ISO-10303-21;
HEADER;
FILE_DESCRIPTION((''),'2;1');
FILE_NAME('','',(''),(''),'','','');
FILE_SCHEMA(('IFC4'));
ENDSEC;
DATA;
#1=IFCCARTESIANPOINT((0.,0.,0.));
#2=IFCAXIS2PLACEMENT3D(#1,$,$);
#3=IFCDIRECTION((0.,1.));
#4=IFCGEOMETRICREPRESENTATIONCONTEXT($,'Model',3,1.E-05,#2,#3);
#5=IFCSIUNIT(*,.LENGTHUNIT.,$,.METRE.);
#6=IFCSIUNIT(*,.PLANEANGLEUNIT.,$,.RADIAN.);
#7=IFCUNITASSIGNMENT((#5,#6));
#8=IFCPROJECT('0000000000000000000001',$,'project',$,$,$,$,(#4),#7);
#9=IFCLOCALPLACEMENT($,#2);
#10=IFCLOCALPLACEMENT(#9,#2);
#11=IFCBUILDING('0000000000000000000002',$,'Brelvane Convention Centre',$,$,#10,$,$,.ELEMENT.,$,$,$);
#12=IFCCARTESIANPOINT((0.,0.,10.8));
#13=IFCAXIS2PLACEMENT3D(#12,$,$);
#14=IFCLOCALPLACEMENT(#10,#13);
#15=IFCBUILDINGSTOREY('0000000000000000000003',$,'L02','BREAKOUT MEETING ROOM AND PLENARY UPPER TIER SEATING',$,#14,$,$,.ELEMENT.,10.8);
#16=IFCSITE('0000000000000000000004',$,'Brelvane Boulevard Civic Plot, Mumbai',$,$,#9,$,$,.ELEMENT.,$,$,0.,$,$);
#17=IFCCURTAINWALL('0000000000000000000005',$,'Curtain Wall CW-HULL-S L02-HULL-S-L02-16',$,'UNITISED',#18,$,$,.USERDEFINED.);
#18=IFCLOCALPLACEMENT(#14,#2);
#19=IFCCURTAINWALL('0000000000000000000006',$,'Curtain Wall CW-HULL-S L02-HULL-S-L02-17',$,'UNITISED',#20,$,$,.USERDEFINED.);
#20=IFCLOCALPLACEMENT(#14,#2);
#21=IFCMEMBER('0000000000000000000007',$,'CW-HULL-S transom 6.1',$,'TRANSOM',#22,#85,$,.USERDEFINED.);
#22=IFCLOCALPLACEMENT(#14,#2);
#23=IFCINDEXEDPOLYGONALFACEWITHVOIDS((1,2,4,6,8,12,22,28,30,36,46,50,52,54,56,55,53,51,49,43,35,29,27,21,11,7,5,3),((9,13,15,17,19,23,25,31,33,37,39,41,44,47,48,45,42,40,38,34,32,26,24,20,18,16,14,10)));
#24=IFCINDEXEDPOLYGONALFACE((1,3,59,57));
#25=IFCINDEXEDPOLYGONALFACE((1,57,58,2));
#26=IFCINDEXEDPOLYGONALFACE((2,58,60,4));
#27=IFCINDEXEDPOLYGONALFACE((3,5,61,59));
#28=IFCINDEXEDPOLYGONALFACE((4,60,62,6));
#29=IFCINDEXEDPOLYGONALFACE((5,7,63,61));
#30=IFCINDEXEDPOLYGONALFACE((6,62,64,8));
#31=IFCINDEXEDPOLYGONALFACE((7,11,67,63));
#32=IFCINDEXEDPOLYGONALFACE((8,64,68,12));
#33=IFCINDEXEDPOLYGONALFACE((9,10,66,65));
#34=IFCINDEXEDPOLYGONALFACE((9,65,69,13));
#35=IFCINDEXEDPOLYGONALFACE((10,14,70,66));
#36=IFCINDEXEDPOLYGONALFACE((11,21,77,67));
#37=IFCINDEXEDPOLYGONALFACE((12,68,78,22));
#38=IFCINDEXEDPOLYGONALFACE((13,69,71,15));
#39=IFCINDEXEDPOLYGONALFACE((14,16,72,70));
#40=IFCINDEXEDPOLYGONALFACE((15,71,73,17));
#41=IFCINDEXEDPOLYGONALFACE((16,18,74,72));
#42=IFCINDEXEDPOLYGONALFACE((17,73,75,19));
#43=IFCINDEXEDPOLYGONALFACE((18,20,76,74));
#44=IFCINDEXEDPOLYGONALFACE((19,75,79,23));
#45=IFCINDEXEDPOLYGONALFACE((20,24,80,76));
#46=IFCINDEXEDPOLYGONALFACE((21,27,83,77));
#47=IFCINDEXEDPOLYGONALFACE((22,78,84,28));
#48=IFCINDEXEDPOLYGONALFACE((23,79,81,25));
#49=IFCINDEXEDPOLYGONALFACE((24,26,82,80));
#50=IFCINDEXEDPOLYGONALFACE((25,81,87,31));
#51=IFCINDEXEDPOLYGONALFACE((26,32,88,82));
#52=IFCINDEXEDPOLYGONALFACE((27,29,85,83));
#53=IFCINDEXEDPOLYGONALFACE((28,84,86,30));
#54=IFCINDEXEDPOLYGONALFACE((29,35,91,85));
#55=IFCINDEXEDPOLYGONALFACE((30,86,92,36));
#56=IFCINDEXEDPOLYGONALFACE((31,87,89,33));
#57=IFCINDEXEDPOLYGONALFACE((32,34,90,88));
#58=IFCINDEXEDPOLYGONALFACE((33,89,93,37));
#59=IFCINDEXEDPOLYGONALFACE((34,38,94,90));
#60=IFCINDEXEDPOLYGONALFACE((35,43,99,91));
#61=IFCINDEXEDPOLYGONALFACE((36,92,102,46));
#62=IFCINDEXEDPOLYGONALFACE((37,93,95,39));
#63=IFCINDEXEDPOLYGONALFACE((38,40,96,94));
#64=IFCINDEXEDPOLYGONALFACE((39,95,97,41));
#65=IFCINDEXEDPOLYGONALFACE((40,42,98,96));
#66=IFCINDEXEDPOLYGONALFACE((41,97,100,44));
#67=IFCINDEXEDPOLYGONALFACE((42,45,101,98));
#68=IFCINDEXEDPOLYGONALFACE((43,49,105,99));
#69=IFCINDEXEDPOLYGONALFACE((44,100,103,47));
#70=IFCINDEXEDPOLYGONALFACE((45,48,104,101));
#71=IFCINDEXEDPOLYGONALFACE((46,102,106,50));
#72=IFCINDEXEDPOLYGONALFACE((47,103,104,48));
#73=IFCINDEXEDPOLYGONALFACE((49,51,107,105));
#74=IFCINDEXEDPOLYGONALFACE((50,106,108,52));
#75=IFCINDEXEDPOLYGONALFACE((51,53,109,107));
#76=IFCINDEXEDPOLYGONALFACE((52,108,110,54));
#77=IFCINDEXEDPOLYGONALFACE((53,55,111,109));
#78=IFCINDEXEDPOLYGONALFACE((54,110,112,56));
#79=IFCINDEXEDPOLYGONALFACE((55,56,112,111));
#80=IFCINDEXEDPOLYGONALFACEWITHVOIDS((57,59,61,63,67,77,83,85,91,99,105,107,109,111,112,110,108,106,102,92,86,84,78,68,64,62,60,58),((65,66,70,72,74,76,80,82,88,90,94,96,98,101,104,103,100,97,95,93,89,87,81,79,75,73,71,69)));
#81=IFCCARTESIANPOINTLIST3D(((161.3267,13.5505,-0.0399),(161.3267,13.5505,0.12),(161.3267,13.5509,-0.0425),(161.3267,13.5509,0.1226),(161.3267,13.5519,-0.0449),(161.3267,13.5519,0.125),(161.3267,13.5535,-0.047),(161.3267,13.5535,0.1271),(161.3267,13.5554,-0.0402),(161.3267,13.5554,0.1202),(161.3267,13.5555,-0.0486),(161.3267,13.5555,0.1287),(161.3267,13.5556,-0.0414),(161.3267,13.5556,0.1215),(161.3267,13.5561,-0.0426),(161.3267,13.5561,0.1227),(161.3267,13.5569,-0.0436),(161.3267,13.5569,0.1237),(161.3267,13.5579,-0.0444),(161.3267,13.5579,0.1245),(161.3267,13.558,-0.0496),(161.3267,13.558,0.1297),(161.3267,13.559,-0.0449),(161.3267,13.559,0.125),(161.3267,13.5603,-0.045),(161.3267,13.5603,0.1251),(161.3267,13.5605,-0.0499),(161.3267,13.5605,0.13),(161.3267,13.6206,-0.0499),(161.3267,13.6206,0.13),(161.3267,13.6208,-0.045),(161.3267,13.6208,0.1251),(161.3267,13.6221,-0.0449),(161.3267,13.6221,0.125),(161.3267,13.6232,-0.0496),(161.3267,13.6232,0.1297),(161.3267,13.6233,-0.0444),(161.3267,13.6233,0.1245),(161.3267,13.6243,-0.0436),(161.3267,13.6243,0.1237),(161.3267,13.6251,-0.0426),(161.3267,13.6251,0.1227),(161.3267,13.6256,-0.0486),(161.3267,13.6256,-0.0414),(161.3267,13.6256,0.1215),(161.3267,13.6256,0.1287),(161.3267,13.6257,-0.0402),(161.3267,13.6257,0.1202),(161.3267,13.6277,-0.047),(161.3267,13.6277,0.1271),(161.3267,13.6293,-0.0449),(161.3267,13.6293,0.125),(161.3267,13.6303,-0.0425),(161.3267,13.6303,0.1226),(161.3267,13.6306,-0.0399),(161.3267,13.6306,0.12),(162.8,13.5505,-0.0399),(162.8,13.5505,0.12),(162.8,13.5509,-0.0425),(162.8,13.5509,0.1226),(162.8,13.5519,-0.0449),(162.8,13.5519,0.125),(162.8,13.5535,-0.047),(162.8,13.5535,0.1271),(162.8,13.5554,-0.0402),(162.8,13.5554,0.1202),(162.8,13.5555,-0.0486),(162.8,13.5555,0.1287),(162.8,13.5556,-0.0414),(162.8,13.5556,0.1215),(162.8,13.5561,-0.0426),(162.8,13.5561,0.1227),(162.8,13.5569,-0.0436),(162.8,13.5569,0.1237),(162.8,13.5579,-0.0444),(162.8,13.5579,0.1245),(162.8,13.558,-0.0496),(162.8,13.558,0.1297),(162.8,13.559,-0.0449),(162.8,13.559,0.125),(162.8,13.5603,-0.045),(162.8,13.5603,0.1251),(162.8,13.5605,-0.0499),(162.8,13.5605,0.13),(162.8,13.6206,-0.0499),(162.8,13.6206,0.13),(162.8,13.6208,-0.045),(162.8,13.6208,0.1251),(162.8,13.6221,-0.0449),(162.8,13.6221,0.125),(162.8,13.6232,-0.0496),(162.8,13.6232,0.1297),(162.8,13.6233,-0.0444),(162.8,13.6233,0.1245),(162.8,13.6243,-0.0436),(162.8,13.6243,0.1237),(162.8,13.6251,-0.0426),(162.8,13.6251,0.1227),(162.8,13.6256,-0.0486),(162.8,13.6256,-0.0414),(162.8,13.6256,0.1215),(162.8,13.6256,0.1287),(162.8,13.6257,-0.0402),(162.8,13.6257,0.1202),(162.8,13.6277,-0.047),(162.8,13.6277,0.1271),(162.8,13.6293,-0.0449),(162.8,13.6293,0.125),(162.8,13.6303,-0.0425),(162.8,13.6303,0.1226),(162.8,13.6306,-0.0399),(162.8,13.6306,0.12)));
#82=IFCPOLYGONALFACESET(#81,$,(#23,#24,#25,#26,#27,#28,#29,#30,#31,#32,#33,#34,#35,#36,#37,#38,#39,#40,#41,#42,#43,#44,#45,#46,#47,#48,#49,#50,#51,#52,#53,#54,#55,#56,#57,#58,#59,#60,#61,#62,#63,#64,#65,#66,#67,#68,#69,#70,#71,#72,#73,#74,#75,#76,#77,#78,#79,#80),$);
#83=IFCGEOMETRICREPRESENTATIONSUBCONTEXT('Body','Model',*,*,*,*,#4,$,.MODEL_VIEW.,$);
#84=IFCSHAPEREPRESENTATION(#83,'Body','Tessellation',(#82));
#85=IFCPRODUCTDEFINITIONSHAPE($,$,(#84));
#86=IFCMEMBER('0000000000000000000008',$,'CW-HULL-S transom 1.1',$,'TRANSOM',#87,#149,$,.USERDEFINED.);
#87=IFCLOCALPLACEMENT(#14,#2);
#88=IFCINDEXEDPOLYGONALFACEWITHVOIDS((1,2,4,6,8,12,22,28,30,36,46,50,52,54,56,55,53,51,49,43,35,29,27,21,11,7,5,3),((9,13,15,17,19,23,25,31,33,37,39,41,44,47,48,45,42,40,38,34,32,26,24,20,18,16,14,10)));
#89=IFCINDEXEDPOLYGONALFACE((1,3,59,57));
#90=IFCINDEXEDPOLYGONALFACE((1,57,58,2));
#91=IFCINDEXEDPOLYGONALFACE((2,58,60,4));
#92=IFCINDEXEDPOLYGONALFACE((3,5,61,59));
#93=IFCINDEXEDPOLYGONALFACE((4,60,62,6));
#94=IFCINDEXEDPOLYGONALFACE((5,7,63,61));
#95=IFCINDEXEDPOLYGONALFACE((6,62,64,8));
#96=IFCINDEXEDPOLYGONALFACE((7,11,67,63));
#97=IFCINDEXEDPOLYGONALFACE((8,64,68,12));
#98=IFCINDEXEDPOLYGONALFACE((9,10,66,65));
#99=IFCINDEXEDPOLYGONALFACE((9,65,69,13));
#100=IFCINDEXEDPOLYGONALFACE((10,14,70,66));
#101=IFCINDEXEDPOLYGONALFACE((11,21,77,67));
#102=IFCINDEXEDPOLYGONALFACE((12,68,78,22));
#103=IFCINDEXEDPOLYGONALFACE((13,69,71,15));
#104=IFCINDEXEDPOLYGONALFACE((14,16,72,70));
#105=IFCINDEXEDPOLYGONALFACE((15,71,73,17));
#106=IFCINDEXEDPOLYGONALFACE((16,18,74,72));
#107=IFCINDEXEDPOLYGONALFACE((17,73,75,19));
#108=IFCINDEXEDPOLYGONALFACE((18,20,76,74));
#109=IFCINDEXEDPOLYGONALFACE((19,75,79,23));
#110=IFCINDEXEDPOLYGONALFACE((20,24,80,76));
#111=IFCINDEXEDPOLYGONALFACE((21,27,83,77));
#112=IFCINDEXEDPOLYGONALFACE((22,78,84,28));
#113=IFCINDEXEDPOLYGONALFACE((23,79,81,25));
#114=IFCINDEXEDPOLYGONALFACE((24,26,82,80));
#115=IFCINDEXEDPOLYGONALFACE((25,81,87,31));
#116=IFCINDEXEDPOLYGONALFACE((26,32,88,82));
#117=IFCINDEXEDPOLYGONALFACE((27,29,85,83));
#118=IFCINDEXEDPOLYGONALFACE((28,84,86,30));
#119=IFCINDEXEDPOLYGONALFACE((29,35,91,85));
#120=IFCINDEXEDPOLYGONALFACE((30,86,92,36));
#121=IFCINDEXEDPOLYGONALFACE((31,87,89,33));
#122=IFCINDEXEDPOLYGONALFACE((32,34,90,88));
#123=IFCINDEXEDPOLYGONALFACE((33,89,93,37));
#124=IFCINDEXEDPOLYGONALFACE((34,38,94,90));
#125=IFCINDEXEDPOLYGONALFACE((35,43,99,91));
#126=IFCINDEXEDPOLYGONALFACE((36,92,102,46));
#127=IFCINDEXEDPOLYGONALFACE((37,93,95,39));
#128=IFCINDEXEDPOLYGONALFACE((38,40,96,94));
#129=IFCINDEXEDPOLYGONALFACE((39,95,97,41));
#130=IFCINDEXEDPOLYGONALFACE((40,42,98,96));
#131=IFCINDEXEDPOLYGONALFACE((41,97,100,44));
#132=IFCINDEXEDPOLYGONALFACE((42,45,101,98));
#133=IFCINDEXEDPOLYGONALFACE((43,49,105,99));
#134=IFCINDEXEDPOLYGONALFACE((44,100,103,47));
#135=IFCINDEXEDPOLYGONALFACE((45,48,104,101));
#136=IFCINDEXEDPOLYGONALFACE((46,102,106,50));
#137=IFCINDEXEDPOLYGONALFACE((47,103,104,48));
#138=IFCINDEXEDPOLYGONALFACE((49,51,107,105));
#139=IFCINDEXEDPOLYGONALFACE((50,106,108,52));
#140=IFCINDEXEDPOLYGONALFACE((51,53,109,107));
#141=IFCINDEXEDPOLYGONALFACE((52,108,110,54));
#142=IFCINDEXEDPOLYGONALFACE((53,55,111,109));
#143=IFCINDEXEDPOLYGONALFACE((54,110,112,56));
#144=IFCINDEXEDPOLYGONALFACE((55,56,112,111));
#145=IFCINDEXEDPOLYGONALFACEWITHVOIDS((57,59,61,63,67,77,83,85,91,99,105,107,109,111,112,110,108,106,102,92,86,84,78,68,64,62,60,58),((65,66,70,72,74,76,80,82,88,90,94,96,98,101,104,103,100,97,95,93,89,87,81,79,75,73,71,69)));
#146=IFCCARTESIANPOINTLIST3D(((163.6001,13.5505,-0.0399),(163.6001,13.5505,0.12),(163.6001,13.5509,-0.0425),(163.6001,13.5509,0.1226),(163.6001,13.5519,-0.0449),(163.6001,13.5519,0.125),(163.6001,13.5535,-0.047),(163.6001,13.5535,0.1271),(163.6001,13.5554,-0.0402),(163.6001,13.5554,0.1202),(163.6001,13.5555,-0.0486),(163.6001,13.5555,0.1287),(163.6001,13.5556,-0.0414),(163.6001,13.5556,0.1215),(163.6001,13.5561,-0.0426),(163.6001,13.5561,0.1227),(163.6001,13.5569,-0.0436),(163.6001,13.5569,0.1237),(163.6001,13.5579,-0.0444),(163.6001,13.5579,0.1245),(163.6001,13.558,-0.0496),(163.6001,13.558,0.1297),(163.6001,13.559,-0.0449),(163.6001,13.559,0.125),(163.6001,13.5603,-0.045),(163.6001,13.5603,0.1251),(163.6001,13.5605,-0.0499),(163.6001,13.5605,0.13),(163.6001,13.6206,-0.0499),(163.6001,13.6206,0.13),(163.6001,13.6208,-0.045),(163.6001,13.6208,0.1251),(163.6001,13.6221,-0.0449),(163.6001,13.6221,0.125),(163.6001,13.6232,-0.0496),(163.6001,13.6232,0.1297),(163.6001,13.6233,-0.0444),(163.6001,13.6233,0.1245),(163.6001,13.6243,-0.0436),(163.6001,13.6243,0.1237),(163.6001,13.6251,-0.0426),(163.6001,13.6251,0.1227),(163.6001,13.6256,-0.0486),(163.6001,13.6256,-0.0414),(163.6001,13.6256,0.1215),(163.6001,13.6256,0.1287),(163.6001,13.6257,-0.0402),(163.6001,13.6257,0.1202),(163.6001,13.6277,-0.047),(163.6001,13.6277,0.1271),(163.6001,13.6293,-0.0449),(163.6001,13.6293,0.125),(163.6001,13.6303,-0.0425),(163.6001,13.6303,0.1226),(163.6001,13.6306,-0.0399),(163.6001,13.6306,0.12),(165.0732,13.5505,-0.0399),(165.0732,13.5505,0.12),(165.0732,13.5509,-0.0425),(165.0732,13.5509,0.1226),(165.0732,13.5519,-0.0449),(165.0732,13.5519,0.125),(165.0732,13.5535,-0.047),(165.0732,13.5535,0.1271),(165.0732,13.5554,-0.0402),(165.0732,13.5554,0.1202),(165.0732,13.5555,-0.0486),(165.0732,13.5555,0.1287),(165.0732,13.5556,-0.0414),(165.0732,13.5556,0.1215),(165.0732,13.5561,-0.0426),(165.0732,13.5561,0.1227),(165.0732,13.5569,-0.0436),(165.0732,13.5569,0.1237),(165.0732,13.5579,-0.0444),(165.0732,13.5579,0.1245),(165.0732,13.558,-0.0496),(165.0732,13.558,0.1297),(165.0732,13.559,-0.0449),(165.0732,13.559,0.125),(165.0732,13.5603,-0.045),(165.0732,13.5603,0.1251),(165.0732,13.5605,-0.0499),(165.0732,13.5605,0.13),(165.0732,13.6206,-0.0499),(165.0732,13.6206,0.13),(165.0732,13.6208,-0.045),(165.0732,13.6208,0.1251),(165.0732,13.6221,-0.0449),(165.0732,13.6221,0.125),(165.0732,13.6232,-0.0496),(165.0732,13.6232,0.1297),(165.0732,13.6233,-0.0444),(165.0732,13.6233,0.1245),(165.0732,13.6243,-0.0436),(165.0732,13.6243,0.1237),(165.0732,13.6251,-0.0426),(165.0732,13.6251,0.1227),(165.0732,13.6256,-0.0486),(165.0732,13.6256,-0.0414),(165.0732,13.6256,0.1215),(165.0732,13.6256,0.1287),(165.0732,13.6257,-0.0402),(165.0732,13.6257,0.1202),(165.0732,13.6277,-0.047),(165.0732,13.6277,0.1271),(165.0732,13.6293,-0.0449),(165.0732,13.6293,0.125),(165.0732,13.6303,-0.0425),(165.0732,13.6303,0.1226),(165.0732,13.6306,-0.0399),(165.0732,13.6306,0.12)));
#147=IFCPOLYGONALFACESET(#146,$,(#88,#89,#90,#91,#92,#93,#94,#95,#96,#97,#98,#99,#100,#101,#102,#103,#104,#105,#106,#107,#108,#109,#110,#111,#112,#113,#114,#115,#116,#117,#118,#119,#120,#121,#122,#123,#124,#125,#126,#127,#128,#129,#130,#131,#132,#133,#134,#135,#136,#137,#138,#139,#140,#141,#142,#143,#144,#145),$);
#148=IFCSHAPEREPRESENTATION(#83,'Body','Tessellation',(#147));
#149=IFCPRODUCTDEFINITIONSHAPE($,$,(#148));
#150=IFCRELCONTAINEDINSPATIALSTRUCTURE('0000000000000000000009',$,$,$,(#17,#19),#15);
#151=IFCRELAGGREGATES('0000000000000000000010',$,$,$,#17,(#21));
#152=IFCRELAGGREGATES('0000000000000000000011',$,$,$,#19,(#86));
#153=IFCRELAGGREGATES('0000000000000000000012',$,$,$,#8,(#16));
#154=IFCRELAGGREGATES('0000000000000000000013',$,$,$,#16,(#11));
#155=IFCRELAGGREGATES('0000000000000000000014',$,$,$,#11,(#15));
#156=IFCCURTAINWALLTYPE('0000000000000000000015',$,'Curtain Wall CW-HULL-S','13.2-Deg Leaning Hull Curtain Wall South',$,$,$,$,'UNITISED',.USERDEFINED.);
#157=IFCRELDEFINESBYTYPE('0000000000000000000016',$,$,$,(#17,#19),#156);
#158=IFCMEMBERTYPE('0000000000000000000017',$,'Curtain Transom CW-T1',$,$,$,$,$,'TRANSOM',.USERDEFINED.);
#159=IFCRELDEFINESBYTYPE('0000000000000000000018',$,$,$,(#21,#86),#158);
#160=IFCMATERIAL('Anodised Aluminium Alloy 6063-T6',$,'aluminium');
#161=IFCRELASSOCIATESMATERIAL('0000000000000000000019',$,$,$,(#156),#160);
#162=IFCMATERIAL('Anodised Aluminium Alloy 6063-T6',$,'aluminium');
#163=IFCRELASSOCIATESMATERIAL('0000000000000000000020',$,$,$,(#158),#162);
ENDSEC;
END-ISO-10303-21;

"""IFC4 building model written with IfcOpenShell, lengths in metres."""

from ifc_helpers import new_model, si_unit, direction, frame, origin, origin_2d, place, context, subcontext, project, spatial, hollow_rectangle, extrude, material, material_profile, profile_set, type_object, element, aggregate, save


model = new_model("IFC4")

# Units and contexts
model_context = context("Model", 3, precision=1e-05, world=origin(), true_north=direction((0.0, 1.0)))
body_context = subcontext(model_context, "Body", "Model", "MODEL_VIEW")
ifc_project = project(units=[si_unit("LENGTHUNIT", "METRE"), si_unit("PLANEANGLEUNIT", "RADIAN")], contexts=[model_context])

# Site, building, storey
site_placement = place(None, origin())
site = spatial("IfcSite", under=ifc_project, at=site_placement, Name="Brelvane Boulevard Civic Plot, Mumbai", CompositionType="ELEMENT", RefElevation=0.0)
building_placement = place(site_placement, origin())
building = spatial("IfcBuilding", under=site, at=building_placement, Name="Brelvane Convention Centre", CompositionType="ELEMENT")
storey_placement = place(building_placement, frame((0.0, 0.0, 10.8)))
storey = spatial("IfcBuildingStorey", under=building, at=storey_placement, Name="L02", Description="BREAKOUT MEETING ROOM AND PLENARY UPPER TIER SEATING", CompositionType="ELEMENT", Elevation=10.8)

# Curtain walls
ifc_material_1 = material(Name="Anodised Aluminium Alloy 6063-T6", Category="aluminium")
curtain_wall_type = type_object("IfcCurtainWallType", Name="Curtain Wall CW-HULL-S", Description="13.2-Deg Leaning Hull Curtain Wall South", ElementType="UNITISED", PredefinedType="USERDEFINED", material=ifc_material_1)
curtain_wall_1_placement = place(storey_placement, origin())
curtain_wall_1 = element("IfcCurtainWall", 1, at=curtain_wall_1_placement, inside=storey, type_object=curtain_wall_type, Name="Curtain Wall CW-HULL-S L02-HULL-S-L02-16", ObjectType="UNITISED", PredefinedType="USERDEFINED")
curtain_wall_2_placement = place(storey_placement, origin())
curtain_wall_2 = element("IfcCurtainWall", 2, at=curtain_wall_2_placement, inside=storey, type_object=curtain_wall_type, Name="Curtain Wall CW-HULL-S L02-HULL-S-L02-17", ObjectType="UNITISED", PredefinedType="USERDEFINED")

# Members
ifc_material_2 = material(Name="Anodised Aluminium Alloy 6063-T6", Category="aluminium")
ifc_material_profile_1 = material_profile(ifc_material_2, hollow_rectangle(XDim=0.0801, YDim=0.1799, WallThickness=0.0049, InnerFilletRadius=0.0049, OuterFilletRadius=0.01, at=origin_2d()), Name="ALU-T 180x80x5.0")
ifc_profile_set_1 = profile_set([ifc_material_profile_1], Name="Anodised Aluminium Alloy 6063-T6")
member_type_1 = type_object("IfcMemberType", Name="Curtain Transom CW-T1", ElementType="TRANSOM", PredefinedType="USERDEFINED", material=ifc_profile_set_1)
member_1_placement = place(storey_placement, frame((161.3267, 13.5906, 0.04), z_axis=(1.0, 0.0, 0.0), x_axis=(0.0, 1.0, 0.0)))
member_1 = element("IfcMember", 3, at=member_1_placement, type_object=member_type_1, Name="CW-HULL-S transom 6.1", ObjectType="TRANSOM", PredefinedType="USERDEFINED", context=body_context, shape_type="SweptSolid", body=[
    extrude(hollow_rectangle(XDim=0.0801, YDim=0.1799, WallThickness=0.0049, InnerFilletRadius=0.0049, OuterFilletRadius=0.01, at=origin_2d()), origin(), (0.0, 0.0, 1.0), 1.4734),
])
member_2_placement = place(storey_placement, frame((163.6001, 13.5906, 0.04), z_axis=(1.0, 0.0, 0.0), x_axis=(0.0, 1.0, 0.0)))
member_2 = element("IfcMember", 4, at=member_2_placement, type_object=member_type_1, Name="CW-HULL-S transom 1.1", ObjectType="TRANSOM", PredefinedType="USERDEFINED", context=body_context, shape_type="SweptSolid", body=[
    extrude(hollow_rectangle(XDim=0.0801, YDim=0.1799, WallThickness=0.0049, InnerFilletRadius=0.0049, OuterFilletRadius=0.01, at=origin_2d()), origin(), (0.0, 0.0, 1.0), 1.4731),
])

aggregate(curtain_wall_1, [member_1])
aggregate(curtain_wall_2, [member_2])

save(model, "model.ifc")
